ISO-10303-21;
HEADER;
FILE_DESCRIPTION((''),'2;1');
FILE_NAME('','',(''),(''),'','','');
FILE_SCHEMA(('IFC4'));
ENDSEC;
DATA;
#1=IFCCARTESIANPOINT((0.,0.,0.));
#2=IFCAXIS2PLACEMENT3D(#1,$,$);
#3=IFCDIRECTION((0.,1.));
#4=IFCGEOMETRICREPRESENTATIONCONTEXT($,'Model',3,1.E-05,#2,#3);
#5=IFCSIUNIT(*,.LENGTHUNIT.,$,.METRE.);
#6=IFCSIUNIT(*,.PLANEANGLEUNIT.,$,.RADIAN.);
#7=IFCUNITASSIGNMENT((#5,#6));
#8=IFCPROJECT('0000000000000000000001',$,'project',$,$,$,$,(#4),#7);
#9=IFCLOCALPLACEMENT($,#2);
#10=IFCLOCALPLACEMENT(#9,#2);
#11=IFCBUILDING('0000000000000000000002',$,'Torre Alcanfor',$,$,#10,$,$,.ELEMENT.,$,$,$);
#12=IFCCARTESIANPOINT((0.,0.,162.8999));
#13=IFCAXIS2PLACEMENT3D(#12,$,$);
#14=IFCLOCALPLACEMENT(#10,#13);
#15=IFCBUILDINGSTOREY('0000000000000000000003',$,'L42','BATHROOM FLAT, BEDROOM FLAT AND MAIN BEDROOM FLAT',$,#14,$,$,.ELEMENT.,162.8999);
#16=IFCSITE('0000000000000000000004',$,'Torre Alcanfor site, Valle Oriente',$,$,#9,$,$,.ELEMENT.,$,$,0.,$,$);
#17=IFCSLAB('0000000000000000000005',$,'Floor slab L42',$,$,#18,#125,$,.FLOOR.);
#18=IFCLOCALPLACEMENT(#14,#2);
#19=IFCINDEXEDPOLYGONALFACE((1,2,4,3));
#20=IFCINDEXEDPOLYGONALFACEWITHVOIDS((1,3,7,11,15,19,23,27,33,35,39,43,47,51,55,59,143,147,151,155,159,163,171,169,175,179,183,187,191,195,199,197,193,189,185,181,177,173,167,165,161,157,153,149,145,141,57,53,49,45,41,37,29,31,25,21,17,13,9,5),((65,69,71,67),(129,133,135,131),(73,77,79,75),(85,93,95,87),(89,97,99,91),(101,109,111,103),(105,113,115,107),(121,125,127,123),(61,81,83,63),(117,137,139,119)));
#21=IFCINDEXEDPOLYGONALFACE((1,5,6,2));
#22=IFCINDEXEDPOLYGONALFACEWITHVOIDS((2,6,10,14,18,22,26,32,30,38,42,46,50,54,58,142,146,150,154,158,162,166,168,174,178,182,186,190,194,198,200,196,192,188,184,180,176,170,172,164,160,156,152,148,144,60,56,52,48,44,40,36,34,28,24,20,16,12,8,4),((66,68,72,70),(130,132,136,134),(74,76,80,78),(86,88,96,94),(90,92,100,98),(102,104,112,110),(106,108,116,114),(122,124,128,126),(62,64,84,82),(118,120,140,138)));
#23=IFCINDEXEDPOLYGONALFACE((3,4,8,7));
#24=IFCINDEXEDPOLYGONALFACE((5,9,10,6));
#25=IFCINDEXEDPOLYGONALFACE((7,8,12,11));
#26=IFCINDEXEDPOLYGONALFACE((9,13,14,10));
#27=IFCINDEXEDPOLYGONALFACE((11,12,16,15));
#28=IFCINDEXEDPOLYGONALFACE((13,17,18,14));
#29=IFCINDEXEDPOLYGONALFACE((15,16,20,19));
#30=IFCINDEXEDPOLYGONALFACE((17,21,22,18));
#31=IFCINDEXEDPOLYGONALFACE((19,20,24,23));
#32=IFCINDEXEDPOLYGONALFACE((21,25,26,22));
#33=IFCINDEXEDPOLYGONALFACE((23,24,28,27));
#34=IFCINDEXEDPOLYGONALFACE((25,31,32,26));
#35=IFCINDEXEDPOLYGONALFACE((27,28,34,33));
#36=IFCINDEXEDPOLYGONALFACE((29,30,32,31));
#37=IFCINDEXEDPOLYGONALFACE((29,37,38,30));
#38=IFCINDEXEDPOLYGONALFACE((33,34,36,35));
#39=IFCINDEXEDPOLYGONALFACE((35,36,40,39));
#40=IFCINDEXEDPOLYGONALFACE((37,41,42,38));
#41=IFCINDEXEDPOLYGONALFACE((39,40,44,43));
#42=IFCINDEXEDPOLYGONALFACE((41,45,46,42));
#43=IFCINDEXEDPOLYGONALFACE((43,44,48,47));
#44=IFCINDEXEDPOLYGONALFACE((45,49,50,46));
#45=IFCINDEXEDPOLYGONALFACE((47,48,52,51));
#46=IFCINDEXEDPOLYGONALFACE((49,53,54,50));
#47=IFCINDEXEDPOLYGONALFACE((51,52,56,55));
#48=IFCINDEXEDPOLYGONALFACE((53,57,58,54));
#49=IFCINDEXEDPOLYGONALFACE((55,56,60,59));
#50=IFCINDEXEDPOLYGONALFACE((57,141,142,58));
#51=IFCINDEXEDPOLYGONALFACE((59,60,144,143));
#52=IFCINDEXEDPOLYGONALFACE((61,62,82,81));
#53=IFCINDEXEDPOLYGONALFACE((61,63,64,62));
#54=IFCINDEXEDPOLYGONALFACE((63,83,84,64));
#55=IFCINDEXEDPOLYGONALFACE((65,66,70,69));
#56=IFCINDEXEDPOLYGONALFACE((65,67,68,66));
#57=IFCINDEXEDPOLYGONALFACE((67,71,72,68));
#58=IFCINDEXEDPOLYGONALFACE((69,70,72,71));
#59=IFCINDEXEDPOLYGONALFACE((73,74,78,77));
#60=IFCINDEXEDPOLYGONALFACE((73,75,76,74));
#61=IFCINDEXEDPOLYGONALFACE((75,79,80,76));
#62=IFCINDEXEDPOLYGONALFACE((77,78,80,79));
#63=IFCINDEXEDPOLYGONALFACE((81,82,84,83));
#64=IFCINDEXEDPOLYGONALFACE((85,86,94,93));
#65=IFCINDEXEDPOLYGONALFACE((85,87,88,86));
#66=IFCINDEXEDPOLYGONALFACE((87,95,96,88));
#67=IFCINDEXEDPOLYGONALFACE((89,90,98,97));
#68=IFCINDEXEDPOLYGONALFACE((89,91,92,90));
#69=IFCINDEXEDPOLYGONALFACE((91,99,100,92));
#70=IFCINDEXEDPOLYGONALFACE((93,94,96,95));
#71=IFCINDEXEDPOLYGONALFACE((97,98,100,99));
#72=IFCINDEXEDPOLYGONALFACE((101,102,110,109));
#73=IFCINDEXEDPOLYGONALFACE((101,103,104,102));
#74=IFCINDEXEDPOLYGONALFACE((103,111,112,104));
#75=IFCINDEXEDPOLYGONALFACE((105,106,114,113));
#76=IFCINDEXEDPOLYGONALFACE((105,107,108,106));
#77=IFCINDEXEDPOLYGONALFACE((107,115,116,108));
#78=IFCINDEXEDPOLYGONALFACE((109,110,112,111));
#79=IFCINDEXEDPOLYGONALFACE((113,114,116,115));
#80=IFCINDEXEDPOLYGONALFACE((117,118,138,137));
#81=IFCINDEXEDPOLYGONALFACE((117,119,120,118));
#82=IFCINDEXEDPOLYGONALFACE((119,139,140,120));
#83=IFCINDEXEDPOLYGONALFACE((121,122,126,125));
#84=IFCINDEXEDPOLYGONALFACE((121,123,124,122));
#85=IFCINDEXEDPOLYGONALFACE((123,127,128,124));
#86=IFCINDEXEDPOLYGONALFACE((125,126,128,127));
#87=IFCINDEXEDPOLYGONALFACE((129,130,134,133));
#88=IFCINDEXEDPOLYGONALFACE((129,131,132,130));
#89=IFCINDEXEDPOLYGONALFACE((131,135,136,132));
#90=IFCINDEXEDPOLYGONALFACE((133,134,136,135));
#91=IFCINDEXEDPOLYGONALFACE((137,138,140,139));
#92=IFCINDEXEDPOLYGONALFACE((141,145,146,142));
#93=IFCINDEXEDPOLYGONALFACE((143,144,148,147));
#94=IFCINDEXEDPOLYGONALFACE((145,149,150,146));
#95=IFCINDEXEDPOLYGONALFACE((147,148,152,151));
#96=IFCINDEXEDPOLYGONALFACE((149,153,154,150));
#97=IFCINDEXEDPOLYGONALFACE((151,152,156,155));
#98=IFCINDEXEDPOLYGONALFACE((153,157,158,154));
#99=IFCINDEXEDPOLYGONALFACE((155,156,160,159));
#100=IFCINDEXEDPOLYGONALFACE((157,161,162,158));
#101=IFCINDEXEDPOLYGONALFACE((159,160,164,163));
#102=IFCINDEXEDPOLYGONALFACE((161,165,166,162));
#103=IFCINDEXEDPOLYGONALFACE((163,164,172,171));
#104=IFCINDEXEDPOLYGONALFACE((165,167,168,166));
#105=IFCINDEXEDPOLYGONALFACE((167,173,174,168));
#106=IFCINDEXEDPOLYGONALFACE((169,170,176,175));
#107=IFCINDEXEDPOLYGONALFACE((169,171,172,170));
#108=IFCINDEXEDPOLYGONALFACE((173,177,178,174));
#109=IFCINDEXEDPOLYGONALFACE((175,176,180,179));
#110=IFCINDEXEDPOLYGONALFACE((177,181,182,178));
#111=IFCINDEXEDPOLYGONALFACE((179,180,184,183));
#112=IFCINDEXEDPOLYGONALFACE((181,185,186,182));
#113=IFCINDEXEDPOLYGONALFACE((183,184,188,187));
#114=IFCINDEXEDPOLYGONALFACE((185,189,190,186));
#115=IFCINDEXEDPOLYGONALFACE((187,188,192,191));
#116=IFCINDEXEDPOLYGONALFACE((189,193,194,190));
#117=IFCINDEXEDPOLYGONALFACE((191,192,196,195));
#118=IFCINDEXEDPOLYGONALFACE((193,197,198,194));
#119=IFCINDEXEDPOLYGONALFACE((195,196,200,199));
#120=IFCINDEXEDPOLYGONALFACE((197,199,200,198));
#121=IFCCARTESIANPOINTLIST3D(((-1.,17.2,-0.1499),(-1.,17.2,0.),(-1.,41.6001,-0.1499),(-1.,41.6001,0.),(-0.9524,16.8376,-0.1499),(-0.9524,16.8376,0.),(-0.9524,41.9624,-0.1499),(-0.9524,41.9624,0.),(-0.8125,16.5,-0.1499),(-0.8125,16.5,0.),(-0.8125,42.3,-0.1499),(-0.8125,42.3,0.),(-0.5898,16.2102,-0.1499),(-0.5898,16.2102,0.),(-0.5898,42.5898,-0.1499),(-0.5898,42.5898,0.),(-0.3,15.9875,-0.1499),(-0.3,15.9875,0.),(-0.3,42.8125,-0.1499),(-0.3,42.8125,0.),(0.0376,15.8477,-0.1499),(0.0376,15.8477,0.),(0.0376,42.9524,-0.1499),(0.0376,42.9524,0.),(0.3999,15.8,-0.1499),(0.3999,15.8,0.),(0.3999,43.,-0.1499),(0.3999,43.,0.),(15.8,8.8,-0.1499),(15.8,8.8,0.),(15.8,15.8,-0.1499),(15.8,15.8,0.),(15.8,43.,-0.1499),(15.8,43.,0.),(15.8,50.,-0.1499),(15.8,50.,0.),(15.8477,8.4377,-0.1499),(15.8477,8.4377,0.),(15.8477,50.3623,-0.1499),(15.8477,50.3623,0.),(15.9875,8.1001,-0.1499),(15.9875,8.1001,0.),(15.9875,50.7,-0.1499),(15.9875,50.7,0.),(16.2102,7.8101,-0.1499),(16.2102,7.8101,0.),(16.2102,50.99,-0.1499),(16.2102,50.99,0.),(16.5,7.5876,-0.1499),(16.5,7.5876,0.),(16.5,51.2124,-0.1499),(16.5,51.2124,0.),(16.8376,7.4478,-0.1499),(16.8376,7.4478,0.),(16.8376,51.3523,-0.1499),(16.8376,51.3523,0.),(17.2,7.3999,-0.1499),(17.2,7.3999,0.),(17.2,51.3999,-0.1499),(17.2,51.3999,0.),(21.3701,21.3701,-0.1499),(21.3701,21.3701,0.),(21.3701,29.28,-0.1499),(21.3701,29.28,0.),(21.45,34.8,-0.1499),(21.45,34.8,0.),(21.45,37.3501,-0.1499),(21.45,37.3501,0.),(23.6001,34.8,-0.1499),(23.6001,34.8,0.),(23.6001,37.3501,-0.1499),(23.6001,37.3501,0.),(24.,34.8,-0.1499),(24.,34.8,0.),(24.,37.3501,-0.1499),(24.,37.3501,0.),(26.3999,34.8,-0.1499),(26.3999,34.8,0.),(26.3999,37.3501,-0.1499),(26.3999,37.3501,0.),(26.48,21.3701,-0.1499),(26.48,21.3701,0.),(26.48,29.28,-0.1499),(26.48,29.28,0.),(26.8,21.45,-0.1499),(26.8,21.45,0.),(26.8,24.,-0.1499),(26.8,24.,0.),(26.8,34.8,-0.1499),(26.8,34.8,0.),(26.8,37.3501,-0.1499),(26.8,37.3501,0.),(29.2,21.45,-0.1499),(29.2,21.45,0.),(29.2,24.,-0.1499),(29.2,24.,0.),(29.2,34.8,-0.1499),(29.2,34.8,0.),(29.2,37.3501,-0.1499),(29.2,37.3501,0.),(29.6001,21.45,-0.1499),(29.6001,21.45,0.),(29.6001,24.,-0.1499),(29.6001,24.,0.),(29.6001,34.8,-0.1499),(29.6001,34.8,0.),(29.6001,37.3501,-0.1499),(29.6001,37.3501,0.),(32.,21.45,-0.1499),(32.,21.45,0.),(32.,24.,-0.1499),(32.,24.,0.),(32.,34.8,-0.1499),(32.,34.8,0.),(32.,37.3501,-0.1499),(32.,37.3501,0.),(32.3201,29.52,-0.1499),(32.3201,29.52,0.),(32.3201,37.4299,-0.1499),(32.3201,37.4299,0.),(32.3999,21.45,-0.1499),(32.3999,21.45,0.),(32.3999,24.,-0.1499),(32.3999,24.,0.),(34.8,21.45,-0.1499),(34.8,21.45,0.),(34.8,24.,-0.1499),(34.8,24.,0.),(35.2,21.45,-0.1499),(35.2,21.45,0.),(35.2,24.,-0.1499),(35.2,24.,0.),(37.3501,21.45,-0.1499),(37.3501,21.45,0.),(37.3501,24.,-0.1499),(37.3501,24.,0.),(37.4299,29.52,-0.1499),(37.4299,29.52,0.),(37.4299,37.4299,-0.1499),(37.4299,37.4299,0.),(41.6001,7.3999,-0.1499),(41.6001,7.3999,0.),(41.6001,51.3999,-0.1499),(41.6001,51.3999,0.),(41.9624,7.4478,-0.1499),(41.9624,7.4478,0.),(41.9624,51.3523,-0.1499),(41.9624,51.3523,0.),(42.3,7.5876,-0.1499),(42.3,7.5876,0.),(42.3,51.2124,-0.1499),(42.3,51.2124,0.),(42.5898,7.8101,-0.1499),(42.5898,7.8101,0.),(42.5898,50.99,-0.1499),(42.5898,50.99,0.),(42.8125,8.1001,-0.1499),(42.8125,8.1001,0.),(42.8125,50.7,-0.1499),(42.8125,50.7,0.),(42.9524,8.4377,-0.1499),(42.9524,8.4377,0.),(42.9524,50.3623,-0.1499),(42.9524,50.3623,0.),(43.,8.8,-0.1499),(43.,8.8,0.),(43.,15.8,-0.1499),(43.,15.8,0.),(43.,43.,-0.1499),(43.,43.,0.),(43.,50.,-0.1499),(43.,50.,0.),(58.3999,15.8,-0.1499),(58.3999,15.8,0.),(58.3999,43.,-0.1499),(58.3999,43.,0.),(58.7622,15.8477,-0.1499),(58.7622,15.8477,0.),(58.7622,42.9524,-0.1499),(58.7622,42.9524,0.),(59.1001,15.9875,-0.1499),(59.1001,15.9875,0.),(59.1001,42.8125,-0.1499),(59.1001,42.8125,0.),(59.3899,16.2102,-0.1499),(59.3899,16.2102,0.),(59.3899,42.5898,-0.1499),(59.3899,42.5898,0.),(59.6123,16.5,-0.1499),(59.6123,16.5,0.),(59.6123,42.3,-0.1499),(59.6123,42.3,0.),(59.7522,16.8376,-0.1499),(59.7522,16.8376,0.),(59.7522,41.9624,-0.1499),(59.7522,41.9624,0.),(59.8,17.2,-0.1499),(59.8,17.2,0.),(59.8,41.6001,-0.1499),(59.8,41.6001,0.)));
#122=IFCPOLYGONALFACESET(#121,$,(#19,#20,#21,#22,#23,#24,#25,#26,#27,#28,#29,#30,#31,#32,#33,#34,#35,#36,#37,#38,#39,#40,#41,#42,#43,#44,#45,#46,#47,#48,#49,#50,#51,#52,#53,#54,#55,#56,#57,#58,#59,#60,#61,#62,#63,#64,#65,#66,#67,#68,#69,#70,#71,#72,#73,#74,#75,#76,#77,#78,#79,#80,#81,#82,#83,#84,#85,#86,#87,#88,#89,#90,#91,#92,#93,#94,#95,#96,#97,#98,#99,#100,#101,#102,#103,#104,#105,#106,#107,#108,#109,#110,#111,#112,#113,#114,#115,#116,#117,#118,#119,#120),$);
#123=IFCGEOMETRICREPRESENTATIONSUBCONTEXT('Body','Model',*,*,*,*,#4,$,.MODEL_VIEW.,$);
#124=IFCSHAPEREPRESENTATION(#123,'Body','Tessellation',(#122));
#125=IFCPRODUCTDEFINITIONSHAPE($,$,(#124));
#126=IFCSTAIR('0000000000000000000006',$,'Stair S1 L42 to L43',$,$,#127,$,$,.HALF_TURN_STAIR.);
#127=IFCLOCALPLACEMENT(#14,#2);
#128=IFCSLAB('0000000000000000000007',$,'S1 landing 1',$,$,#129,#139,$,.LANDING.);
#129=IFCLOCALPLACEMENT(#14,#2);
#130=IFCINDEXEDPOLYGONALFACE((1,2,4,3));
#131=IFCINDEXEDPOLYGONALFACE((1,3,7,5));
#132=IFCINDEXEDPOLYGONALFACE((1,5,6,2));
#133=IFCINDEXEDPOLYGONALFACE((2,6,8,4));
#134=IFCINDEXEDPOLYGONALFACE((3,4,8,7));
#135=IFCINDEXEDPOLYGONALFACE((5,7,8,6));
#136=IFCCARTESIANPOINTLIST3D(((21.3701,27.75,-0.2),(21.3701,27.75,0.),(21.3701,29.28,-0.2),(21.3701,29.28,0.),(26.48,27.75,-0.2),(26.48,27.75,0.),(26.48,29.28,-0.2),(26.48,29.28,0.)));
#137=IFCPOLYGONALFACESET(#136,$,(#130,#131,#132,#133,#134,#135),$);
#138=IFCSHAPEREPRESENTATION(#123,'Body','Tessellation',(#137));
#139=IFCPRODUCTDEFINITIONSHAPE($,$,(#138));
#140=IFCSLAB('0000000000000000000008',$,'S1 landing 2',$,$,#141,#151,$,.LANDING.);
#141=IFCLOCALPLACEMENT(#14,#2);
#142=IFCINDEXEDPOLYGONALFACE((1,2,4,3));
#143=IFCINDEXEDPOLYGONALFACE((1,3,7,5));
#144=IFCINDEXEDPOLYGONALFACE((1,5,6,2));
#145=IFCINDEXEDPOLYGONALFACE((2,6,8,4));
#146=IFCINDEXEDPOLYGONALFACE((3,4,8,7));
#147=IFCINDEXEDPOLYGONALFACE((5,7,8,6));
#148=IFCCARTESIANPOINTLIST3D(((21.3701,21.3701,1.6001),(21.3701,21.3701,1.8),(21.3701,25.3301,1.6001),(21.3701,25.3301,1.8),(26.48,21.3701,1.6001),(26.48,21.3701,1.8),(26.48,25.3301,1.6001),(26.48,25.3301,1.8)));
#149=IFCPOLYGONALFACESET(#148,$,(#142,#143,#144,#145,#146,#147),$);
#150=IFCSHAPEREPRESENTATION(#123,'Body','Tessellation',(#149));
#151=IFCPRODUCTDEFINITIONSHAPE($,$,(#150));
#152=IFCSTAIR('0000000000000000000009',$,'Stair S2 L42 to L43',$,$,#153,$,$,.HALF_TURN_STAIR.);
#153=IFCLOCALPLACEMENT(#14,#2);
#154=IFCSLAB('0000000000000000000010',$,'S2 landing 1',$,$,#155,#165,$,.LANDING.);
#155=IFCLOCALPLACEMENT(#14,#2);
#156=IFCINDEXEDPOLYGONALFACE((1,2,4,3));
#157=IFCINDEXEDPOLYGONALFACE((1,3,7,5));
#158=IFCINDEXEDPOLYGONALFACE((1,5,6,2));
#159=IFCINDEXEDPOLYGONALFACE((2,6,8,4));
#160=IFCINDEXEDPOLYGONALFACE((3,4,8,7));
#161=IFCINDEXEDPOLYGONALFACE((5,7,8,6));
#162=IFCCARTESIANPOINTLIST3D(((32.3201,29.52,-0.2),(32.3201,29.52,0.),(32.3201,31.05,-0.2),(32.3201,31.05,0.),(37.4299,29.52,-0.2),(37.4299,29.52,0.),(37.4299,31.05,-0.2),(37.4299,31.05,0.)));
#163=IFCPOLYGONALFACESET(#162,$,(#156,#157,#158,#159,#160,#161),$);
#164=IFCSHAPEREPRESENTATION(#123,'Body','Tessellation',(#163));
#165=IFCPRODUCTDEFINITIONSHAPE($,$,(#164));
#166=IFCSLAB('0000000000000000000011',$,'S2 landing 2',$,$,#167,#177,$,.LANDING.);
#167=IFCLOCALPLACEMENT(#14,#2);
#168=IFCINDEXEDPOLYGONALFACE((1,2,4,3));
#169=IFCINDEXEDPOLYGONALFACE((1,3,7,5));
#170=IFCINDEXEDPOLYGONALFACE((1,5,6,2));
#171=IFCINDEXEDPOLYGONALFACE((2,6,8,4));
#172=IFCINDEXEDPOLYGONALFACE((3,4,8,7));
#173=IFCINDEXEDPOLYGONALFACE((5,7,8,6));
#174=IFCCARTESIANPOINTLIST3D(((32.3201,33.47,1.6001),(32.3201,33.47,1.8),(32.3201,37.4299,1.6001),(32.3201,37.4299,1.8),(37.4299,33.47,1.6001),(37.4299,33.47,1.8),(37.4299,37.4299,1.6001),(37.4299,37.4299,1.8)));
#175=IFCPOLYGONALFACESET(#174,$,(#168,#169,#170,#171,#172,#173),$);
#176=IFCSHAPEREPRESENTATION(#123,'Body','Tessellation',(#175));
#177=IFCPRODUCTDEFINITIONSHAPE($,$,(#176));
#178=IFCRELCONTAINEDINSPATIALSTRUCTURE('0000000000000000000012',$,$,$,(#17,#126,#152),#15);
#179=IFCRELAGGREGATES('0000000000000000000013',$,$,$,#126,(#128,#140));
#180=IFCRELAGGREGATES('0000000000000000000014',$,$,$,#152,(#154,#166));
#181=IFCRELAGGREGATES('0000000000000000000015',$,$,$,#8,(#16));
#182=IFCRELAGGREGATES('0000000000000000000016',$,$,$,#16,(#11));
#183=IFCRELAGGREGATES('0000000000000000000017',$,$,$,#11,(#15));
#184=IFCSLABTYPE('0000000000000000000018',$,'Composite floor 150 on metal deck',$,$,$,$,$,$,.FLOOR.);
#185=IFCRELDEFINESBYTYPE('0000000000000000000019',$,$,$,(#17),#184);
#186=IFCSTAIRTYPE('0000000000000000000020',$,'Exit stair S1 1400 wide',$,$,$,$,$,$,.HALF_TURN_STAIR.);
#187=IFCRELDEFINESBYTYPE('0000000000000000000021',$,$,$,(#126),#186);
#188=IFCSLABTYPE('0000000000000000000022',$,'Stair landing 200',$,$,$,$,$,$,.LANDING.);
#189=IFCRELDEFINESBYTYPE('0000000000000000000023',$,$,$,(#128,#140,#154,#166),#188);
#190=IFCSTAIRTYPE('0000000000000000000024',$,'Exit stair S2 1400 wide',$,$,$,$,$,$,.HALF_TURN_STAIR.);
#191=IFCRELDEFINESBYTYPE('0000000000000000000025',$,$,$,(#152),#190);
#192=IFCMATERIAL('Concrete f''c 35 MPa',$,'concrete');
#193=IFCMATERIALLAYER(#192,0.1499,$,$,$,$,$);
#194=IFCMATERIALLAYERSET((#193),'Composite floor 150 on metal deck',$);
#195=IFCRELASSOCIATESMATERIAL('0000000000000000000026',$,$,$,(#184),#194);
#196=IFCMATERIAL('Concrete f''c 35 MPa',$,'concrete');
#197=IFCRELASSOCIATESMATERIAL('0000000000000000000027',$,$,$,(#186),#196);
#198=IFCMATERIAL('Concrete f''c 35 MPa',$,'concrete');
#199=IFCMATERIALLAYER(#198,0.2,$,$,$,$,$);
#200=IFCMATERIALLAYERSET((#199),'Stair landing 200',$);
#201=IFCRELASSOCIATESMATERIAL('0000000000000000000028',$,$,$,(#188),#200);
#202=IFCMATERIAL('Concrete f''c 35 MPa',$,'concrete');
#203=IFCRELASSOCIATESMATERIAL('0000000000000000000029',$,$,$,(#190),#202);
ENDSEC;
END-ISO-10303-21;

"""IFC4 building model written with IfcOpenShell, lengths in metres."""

from ifc_helpers import new_model, si_unit, direction, frame, origin, place, context, subcontext, project, spatial, polyline, outline, extrude, material, layer, layer_set, type_object, element, aggregate, save


model = new_model("IFC4")

# Units and contexts
model_context = context("Model", 3, precision=1e-05, world=origin(), true_north=direction((0.0, 1.0)))
body_context = subcontext(model_context, "Body", "Model", "MODEL_VIEW")
ifc_project = project(units=[si_unit("LENGTHUNIT", "METRE"), si_unit("PLANEANGLEUNIT", "RADIAN")], contexts=[model_context])

# Site, building, storey
site_placement = place(None, origin())
site = spatial("IfcSite", under=ifc_project, at=site_placement, Name="Torre Alcanfor site, Valle Oriente", CompositionType="ELEMENT", RefElevation=0.0)
building_placement = place(site_placement, origin())
building = spatial("IfcBuilding", under=site, at=building_placement, Name="Torre Alcanfor", CompositionType="ELEMENT")
storey_placement = place(building_placement, frame((0.0, 0.0, 162.8999)))
storey = spatial("IfcBuildingStorey", under=building, at=storey_placement, Name="L42", Description="BATHROOM FLAT, BEDROOM FLAT AND MAIN BEDROOM FLAT", CompositionType="ELEMENT", Elevation=162.8999)

# Slab
ifc_material_1 = material(Name="Concrete f'c 35 MPa", Category="concrete")
ifc_layer_1 = layer(ifc_material_1, 0.1499)
ifc_layer_set_1 = layer_set([ifc_layer_1], Name="Composite floor 150 on metal deck")
slab_type_1 = type_object("IfcSlabType", Name="Composite floor 150 on metal deck", PredefinedType="FLOOR", material=ifc_layer_set_1)
slab_1_placement = place(storey_placement, frame((0.0, 0.0, -0.1499)))
element("IfcSlab", 1, at=slab_1_placement, inside=storey, type_object=slab_type_1, Name="Floor slab L42", PredefinedType="FLOOR", context=body_context, shape_type="SweptSolid", body=[
    extrude(outline(polyline([(15.8, 43.0), (0.3999, 43.0), (0.0376, 42.9524), (-0.3, 42.8125), (-0.5898, 42.5898), (-0.8125, 42.3), (-0.9524, 41.9624), (-1.0, 41.6001), (-1.0, 17.2), (-0.9524, 16.8376), (-0.8125, 16.5), (-0.5898, 16.2102), (-0.3, 15.9875), (0.0376, 15.8477), (0.3999, 15.8), (15.8, 15.8), (15.8, 8.8), (15.8477, 8.4377), (15.9875, 8.1001), (16.2102, 7.8101), (16.5, 7.5876), (16.8376, 7.4478), (17.2, 7.3999), (41.6001, 7.3999), (41.9624, 7.4478), (42.3, 7.5876), (42.5898, 7.8101), (42.8125, 8.1001), (42.9524, 8.4377), (43.0, 8.8), (43.0, 15.8), (58.3999, 15.8), (58.7622, 15.8477), (59.1001, 15.9875), (59.3899, 16.2102), (59.6123, 16.5), (59.7522, 16.8376), (59.8, 17.2), (59.8, 41.6001), (59.7522, 41.9624), (59.6123, 42.3), (59.3899, 42.5898), (59.1001, 42.8125), (58.7622, 42.9524), (58.3999, 43.0), (43.0, 43.0), (43.0, 50.0), (42.9524, 50.3623), (42.8125, 50.7), (42.5898, 50.99), (42.3, 51.2124), (41.9624, 51.3523), (41.6001, 51.3999), (17.2, 51.3999), (16.8376, 51.3523), (16.5, 51.2124), (16.2102, 50.99), (15.9875, 50.7), (15.8477, 50.3623), (15.8, 50.0), (15.8, 43.0)]), holes=[polyline([(21.3701, 21.3701), (26.48, 21.3701), (26.48, 29.28), (21.3701, 29.28), (21.3701, 21.3701)]), polyline([(32.3201, 29.52), (37.4299, 29.52), (37.4299, 37.4299), (32.3201, 37.4299), (32.3201, 29.52)]), polyline([(26.8, 21.45), (29.2, 21.45), (29.2, 24.0), (26.8, 24.0), (26.8, 21.45)]), polyline([(29.6001, 21.45), (32.0, 21.45), (32.0, 24.0), (29.6001, 24.0), (29.6001, 21.45)]), polyline([(32.3999, 21.45), (34.8, 21.45), (34.8, 24.0), (32.3999, 24.0), (32.3999, 21.45)]), polyline([(35.2, 21.45), (37.3501, 21.45), (37.3501, 24.0), (35.2, 24.0), (35.2, 21.45)]), polyline([(21.45, 34.8), (23.6001, 34.8), (23.6001, 37.3501), (21.45, 37.3501), (21.45, 34.8)]), polyline([(24.0, 34.8), (26.3999, 34.8), (26.3999, 37.3501), (24.0, 37.3501), (24.0, 34.8)]), polyline([(26.8, 34.8), (29.2, 34.8), (29.2, 37.3501), (26.8, 37.3501), (26.8, 34.8)]), polyline([(29.6001, 34.8), (32.0, 34.8), (32.0, 37.3501), (29.6001, 37.3501), (29.6001, 34.8)])]), origin(), (0.0, 0.0, 1.0), 0.1499),
])

# Stairs, slabs
ifc_material_2 = material(Name="Concrete f'c 35 MPa", Category="concrete")
stair_type_1 = type_object("IfcStairType", Name="Exit stair S1 1400 wide", PredefinedType="HALF_TURN_STAIR", material=ifc_material_2)
stair_1_placement = place(storey_placement, origin())
stair_1 = element("IfcStair", 2, at=stair_1_placement, inside=storey, type_object=stair_type_1, Name="Stair S1 L42 to L43", PredefinedType="HALF_TURN_STAIR")
ifc_material_3 = material(Name="Concrete f'c 35 MPa", Category="concrete")
ifc_layer_2 = layer(ifc_material_3, 0.2)
ifc_layer_set_2 = layer_set([ifc_layer_2], Name="Stair landing 200")
slab_type_2 = type_object("IfcSlabType", Name="Stair landing 200", PredefinedType="LANDING", material=ifc_layer_set_2)
slab_2_placement = place(storey_placement, frame((0.0, 0.0, -0.2)))
slab_2 = element("IfcSlab", 3, at=slab_2_placement, type_object=slab_type_2, Name="S1 landing 1", PredefinedType="LANDING", context=body_context, shape_type="SweptSolid", body=[
    extrude(outline(polyline([(21.3701, 27.75), (26.48, 27.75), (26.48, 29.28), (21.3701, 29.28), (21.3701, 27.75)])), origin(), (0.0, 0.0, 1.0), 0.2),
])
slab_3_placement = place(storey_placement, frame((0.0, 0.0, 1.6001)))
slab_3 = element("IfcSlab", 4, at=slab_3_placement, type_object=slab_type_2, Name="S1 landing 2", PredefinedType="LANDING", context=body_context, shape_type="SweptSolid", body=[
    extrude(outline(polyline([(21.3701, 21.3701), (26.48, 21.3701), (26.48, 25.3301), (21.3701, 25.3301), (21.3701, 21.3701)])), origin(), (0.0, 0.0, 1.0), 0.2),
])
aggregate(stair_1, [slab_2, slab_3])
ifc_material_4 = material(Name="Concrete f'c 35 MPa", Category="concrete")
stair_type_2 = type_object("IfcStairType", Name="Exit stair S2 1400 wide", PredefinedType="HALF_TURN_STAIR", material=ifc_material_4)
stair_2_placement = place(storey_placement, origin())
stair_2 = element("IfcStair", 5, at=stair_2_placement, inside=storey, type_object=stair_type_2, Name="Stair S2 L42 to L43", PredefinedType="HALF_TURN_STAIR")
slab_4_placement = place(storey_placement, frame((0.0, 0.0, -0.2)))
slab_4 = element("IfcSlab", 6, at=slab_4_placement, type_object=slab_type_2, Name="S2 landing 1", PredefinedType="LANDING", context=body_context, shape_type="SweptSolid", body=[
    extrude(outline(polyline([(32.3201, 29.52), (37.4299, 29.52), (37.4299, 31.05), (32.3201, 31.05), (32.3201, 29.52)])), origin(), (0.0, 0.0, 1.0), 0.2),
])
slab_5_placement = place(storey_placement, frame((0.0, 0.0, 1.6001)))
slab_5 = element("IfcSlab", 7, at=slab_5_placement, type_object=slab_type_2, Name="S2 landing 2", PredefinedType="LANDING", context=body_context, shape_type="SweptSolid", body=[
    extrude(outline(polyline([(32.3201, 33.47), (37.4299, 33.47), (37.4299, 37.4299), (32.3201, 37.4299), (32.3201, 33.47)])), origin(), (0.0, 0.0, 1.0), 0.2),
])
aggregate(stair_2, [slab_4, slab_5])

save(model, "model.ifc")
